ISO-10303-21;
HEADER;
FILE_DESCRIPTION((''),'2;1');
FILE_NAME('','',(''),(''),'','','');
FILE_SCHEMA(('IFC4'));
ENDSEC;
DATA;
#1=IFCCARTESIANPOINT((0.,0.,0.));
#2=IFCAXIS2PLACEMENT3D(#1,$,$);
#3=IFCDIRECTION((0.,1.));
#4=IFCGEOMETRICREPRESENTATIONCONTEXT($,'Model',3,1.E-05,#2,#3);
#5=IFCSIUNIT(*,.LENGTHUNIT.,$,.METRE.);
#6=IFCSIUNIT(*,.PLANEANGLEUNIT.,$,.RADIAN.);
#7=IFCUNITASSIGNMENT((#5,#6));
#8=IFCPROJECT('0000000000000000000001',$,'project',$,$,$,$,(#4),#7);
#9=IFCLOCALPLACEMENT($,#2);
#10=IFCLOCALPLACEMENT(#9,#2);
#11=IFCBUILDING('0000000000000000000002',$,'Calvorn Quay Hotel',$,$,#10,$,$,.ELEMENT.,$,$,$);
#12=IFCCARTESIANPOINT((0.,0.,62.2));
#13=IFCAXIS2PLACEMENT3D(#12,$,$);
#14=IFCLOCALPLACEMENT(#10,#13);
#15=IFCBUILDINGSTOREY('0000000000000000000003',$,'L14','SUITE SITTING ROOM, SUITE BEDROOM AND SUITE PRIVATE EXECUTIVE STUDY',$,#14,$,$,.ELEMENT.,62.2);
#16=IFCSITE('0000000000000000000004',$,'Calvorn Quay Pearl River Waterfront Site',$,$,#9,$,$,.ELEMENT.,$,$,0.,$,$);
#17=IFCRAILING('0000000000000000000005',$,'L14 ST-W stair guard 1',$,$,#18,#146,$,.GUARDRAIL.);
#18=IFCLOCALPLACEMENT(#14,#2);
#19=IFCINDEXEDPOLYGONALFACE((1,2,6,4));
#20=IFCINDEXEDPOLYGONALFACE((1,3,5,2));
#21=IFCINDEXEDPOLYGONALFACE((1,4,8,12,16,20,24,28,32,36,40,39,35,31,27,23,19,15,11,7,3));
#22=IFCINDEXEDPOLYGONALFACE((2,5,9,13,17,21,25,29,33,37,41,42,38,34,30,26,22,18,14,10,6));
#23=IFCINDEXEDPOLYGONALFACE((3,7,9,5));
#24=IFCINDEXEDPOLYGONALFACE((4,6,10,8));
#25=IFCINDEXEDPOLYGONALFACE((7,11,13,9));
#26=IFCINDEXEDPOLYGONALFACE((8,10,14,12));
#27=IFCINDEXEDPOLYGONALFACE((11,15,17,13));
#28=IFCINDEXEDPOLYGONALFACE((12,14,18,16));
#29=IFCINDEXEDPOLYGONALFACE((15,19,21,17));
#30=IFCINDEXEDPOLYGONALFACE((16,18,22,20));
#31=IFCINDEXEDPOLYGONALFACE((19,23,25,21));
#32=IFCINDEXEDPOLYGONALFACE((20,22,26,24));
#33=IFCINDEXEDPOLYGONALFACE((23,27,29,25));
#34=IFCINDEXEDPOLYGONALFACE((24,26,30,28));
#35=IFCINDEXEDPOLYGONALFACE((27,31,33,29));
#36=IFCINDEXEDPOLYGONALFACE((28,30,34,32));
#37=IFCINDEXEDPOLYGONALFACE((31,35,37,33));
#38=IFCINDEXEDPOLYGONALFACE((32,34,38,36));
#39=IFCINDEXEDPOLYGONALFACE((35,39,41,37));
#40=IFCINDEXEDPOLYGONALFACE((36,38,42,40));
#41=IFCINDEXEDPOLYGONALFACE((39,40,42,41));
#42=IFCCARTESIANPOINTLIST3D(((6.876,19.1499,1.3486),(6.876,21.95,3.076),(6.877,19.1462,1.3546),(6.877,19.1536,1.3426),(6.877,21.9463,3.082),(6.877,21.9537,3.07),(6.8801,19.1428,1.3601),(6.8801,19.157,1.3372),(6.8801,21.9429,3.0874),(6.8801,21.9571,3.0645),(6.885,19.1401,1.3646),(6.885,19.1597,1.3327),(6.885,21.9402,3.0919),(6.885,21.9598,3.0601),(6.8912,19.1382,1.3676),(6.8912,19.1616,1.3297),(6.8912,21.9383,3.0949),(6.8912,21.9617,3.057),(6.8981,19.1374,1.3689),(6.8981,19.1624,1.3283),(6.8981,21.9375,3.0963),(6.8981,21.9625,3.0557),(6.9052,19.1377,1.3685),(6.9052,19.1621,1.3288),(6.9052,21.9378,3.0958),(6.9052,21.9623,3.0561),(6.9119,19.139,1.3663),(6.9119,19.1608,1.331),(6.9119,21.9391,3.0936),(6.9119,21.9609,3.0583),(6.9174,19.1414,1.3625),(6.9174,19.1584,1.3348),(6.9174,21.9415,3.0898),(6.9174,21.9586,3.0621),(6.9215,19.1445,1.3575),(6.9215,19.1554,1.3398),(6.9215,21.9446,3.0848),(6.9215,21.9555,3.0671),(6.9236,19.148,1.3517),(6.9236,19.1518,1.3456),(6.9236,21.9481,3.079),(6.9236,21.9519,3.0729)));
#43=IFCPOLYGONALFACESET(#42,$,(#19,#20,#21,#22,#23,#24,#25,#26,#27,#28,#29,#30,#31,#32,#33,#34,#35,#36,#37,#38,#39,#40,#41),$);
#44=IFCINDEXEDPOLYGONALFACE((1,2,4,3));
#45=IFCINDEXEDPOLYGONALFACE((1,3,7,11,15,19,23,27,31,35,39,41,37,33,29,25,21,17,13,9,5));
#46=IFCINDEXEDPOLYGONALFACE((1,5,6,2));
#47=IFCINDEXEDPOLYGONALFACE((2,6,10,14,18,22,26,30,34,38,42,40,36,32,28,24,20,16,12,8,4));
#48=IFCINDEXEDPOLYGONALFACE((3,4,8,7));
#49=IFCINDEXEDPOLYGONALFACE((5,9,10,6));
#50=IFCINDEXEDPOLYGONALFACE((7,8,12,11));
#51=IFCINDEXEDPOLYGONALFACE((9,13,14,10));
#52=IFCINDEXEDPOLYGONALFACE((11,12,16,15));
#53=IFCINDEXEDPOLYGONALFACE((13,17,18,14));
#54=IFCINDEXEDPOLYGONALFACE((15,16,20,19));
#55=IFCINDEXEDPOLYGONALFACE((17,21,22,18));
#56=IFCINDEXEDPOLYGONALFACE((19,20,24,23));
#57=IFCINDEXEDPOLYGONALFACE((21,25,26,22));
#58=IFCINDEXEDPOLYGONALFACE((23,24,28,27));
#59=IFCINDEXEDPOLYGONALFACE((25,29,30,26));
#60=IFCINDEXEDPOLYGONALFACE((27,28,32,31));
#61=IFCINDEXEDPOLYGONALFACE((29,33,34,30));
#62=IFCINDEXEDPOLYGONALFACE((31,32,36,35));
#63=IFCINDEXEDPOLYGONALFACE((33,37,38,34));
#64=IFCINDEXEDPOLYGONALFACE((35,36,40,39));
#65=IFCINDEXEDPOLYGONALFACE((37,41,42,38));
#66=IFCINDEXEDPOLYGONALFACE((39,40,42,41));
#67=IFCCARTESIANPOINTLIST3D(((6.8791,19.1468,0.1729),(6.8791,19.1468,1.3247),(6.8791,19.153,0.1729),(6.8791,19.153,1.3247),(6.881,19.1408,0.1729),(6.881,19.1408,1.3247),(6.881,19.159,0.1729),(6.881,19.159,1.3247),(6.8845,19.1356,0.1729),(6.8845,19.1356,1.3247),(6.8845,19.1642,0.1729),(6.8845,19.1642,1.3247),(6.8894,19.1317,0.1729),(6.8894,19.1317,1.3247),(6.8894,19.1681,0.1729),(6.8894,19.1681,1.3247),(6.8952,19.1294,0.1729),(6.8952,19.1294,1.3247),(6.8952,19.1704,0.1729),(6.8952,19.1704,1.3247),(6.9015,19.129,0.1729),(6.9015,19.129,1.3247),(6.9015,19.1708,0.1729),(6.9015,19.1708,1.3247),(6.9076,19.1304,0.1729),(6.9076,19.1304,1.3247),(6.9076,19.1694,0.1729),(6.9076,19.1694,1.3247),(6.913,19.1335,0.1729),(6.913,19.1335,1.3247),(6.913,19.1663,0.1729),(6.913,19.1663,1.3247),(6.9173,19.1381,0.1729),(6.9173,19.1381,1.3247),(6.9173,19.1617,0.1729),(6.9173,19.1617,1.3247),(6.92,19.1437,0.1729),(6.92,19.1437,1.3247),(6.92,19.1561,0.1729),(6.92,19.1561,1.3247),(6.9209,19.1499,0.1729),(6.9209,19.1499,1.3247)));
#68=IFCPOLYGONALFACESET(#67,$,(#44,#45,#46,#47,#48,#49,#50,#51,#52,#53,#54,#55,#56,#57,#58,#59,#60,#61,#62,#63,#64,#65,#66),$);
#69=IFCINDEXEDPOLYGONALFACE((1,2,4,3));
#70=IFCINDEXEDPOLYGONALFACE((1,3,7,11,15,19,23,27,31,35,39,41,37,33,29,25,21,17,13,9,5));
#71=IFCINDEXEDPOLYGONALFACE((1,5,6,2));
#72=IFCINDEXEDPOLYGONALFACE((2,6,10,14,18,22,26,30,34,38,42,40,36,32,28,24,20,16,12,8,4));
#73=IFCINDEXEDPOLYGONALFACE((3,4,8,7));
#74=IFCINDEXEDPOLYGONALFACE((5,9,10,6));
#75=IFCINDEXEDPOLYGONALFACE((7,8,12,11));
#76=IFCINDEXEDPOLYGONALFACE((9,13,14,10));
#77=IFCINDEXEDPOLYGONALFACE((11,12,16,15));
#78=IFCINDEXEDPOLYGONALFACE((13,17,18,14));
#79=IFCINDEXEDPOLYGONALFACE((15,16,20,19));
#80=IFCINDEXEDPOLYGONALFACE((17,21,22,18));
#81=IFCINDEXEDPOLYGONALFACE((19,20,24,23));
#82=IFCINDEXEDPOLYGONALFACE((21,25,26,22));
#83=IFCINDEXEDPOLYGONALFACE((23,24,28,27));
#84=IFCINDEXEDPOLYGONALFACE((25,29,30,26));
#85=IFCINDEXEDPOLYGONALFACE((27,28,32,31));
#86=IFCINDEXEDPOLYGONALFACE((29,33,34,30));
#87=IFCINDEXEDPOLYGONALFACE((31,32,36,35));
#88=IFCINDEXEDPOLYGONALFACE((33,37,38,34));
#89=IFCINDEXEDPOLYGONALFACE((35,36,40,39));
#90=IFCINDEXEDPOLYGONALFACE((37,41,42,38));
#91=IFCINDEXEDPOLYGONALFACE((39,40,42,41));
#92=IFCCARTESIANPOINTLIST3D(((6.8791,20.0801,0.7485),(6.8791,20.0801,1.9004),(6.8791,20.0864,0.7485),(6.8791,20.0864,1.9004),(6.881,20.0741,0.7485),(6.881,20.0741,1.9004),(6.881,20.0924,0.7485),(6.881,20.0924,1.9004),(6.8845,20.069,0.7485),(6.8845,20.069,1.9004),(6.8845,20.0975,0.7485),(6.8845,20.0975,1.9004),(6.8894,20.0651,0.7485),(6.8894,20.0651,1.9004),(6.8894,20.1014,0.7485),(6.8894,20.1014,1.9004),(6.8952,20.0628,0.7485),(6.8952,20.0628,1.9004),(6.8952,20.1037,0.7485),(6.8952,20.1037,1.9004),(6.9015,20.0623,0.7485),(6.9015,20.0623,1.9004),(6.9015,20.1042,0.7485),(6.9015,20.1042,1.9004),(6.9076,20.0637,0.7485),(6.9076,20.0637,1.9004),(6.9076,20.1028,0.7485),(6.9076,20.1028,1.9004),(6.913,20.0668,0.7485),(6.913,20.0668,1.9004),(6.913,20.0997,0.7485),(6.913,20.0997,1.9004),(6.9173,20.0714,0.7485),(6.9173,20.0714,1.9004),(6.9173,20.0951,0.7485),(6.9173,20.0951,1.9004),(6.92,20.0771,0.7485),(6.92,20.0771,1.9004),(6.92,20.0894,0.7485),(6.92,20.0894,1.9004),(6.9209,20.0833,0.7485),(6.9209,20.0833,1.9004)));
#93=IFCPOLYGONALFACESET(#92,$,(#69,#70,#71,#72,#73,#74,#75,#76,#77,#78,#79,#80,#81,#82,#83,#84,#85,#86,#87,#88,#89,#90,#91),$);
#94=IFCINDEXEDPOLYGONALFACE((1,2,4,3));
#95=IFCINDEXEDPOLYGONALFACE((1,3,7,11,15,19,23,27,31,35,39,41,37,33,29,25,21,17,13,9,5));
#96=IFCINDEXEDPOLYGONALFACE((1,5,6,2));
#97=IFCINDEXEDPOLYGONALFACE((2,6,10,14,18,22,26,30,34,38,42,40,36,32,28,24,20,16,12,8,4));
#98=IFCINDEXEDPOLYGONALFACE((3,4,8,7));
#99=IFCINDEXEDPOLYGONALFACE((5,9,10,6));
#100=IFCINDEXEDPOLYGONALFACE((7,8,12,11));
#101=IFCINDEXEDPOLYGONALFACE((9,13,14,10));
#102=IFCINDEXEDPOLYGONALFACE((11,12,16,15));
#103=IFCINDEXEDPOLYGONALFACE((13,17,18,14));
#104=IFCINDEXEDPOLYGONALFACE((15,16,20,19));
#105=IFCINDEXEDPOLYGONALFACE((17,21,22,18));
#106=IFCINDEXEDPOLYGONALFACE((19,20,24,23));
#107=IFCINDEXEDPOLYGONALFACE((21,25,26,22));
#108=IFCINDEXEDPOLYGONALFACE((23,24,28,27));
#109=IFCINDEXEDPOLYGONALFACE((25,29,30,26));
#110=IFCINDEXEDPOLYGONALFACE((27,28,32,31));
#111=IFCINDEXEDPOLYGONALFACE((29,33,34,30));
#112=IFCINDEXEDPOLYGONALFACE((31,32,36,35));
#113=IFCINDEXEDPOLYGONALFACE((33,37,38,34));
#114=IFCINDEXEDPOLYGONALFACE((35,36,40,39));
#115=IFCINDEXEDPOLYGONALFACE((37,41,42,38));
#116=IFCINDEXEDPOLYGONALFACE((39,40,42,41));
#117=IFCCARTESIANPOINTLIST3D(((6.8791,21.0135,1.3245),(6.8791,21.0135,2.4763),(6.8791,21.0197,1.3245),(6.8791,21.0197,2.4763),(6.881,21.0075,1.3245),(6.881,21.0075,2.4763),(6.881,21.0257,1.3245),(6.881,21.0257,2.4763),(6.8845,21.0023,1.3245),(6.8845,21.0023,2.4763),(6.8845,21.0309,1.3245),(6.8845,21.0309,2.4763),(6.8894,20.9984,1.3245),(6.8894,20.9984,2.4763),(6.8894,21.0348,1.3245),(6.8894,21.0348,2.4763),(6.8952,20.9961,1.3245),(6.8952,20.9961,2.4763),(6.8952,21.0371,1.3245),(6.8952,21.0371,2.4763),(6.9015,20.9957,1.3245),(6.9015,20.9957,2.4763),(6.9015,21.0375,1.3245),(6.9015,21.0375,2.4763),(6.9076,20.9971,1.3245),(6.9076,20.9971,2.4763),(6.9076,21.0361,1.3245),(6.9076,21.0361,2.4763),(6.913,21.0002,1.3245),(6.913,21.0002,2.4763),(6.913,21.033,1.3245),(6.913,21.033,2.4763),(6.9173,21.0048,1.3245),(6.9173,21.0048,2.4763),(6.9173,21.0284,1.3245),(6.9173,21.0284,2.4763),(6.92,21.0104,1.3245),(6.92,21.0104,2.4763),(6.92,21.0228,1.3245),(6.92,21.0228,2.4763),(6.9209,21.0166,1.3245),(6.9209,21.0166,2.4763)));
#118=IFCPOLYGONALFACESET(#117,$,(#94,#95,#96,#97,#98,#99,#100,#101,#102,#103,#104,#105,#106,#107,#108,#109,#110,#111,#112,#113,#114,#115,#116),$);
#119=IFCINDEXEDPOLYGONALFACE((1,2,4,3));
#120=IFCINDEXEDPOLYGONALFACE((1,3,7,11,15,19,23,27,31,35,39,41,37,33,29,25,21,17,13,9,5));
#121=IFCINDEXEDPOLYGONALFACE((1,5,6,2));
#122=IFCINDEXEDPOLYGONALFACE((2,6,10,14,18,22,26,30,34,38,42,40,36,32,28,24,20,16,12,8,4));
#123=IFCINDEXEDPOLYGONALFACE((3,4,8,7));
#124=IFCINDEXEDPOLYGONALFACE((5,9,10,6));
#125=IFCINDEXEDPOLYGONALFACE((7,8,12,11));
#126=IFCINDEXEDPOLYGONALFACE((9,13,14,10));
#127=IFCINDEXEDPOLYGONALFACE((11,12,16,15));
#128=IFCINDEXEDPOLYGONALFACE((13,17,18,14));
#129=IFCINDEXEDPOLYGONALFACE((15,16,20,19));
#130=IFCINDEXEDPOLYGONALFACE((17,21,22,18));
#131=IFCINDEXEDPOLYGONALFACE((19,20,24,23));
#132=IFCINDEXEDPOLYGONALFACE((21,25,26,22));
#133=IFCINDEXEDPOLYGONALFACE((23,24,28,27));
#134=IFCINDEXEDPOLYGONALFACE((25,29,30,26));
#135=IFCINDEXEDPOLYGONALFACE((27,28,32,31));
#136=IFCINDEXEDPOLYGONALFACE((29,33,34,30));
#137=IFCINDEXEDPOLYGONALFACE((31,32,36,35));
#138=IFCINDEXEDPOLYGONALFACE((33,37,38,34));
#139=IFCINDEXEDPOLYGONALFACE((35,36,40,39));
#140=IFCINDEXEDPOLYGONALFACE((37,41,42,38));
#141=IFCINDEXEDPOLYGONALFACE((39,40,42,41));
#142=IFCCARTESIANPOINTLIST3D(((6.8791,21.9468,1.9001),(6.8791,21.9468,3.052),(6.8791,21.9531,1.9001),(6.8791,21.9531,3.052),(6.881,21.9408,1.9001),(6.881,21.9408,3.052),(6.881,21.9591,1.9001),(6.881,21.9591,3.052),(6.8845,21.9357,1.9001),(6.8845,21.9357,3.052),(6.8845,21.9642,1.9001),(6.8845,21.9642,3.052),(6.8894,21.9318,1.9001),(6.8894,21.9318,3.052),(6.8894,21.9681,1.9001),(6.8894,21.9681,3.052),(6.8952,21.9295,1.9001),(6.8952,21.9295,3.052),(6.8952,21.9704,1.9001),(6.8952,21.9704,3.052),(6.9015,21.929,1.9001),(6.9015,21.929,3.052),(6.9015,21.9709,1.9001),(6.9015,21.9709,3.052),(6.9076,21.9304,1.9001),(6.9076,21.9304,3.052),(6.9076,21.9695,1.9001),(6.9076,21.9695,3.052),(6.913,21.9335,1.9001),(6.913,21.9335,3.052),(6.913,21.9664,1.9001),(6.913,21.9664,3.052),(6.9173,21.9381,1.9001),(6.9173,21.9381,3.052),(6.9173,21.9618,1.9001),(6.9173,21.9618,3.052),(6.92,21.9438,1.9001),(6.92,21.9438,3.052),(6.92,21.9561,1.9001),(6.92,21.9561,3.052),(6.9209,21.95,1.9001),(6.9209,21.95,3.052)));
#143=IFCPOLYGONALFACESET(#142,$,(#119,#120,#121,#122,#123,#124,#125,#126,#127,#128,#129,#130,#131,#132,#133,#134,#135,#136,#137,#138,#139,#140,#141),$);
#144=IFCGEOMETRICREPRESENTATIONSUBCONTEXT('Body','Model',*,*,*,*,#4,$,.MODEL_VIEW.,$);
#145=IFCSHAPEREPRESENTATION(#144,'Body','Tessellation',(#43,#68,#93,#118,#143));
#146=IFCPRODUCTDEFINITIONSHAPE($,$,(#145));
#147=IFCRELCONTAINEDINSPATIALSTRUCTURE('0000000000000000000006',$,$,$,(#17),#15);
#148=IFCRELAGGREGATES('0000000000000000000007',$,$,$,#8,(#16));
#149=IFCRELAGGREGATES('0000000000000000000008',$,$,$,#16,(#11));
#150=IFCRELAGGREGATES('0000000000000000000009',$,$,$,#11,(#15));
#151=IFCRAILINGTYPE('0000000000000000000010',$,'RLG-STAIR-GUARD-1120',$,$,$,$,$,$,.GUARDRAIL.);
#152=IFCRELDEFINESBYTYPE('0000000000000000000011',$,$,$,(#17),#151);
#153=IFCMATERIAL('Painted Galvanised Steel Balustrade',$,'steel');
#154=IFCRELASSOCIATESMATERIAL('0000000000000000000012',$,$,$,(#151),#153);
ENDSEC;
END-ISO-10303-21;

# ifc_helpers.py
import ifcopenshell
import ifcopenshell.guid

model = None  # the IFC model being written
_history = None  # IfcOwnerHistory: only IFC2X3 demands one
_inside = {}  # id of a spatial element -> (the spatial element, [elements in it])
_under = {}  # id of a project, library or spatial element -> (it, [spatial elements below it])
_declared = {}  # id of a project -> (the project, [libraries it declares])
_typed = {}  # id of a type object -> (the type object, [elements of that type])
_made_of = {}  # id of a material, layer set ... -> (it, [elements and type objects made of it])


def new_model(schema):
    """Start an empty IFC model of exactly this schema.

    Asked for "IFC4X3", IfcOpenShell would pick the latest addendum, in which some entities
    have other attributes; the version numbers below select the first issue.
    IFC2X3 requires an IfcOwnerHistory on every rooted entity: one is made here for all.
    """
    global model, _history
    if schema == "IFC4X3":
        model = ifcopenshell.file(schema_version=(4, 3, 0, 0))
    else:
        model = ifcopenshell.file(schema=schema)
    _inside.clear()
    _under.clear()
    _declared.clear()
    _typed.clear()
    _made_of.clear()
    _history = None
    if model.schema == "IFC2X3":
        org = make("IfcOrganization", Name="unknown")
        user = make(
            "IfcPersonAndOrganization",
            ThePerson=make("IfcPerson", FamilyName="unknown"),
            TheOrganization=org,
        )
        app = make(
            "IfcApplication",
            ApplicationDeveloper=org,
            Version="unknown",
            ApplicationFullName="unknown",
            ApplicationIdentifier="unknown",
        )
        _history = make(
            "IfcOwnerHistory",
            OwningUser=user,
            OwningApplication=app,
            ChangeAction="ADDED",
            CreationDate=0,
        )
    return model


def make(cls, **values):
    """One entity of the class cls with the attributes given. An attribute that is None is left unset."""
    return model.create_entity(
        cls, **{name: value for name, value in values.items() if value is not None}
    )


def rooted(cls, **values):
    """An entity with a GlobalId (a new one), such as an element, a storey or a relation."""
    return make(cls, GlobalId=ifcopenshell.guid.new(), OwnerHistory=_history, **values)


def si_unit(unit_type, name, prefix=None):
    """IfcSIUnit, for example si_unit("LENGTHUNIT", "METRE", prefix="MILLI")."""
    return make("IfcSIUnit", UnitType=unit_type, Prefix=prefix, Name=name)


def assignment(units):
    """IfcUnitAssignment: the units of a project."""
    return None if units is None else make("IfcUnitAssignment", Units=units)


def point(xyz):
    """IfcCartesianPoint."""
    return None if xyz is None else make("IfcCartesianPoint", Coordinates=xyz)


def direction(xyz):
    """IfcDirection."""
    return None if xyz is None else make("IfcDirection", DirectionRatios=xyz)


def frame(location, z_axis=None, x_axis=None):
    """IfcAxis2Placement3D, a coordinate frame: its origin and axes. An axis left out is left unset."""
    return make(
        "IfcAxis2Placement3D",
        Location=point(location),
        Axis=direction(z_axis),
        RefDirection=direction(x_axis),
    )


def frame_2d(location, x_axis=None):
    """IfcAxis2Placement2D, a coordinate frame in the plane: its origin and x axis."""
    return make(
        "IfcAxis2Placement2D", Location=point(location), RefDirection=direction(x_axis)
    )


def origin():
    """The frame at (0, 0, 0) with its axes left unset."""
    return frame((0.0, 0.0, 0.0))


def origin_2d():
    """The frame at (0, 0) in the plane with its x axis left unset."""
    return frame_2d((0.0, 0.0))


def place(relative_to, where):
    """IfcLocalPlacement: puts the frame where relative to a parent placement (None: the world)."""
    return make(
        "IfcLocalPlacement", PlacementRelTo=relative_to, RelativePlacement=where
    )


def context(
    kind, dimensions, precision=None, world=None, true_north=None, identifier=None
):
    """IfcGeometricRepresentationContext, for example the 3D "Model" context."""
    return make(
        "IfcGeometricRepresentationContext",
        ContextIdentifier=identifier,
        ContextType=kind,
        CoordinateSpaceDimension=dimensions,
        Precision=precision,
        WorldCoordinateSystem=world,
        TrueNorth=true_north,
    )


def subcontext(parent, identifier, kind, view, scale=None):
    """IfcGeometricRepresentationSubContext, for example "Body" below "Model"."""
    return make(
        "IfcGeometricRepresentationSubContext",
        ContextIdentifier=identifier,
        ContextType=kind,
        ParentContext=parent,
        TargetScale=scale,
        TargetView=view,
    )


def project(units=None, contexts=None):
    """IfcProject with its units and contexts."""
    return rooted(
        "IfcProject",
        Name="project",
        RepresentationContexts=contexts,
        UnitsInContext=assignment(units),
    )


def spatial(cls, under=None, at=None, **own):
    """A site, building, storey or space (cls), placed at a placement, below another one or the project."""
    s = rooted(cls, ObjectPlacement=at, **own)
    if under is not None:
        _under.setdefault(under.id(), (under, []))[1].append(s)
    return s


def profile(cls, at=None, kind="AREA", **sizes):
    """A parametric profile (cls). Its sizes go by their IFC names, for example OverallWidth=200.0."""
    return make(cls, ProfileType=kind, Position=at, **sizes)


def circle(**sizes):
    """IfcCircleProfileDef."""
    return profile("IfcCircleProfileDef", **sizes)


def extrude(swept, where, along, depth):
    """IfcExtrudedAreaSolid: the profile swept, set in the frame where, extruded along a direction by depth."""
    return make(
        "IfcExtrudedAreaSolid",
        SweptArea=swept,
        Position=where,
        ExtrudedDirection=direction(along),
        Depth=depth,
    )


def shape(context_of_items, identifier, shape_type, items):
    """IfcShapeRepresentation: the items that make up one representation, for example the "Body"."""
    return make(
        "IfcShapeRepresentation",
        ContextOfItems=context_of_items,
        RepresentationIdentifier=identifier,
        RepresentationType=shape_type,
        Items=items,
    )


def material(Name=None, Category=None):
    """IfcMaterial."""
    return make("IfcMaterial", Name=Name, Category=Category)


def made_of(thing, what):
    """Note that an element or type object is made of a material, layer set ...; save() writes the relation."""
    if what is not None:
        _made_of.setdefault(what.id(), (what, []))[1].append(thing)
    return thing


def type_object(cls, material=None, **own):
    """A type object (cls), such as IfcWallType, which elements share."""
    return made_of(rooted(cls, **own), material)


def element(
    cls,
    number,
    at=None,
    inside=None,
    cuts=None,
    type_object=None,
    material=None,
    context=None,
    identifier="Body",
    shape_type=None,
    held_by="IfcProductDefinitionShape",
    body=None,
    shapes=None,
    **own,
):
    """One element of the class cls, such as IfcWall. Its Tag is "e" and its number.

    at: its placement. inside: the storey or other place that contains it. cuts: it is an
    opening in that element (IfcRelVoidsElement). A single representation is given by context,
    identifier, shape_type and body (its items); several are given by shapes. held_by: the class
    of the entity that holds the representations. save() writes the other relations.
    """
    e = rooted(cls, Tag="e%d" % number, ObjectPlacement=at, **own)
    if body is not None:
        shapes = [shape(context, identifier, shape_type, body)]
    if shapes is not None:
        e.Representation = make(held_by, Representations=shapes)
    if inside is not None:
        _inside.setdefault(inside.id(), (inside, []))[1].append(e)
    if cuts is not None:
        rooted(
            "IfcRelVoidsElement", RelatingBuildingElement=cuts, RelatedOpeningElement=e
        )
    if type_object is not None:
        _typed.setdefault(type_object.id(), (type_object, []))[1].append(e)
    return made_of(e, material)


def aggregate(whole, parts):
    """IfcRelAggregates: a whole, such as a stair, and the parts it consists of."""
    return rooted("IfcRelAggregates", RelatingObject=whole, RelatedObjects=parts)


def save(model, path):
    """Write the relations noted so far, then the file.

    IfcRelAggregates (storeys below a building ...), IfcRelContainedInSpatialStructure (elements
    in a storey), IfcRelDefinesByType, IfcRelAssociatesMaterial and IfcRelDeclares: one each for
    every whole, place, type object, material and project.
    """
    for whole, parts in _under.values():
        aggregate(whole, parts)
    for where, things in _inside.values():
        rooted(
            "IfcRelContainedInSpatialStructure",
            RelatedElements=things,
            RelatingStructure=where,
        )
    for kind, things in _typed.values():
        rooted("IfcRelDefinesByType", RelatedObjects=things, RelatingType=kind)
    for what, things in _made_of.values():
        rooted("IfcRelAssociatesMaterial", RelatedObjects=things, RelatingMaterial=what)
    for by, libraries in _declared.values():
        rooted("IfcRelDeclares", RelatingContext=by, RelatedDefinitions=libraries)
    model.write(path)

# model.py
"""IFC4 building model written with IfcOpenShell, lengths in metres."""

from ifc_helpers import new_model, si_unit, direction, frame, origin, origin_2d, place, context, subcontext, project, spatial, circle, extrude, material, type_object, element, save


model = new_model("IFC4")

# Units and contexts
model_context = context("Model", 3, precision=1e-05, world=origin(), true_north=direction((0.0, 1.0)))
body_context = subcontext(model_context, "Body", "Model", "MODEL_VIEW")
ifc_project = project(units=[si_unit("LENGTHUNIT", "METRE"), si_unit("PLANEANGLEUNIT", "RADIAN")], contexts=[model_context])

# Site, building, storey
site_placement = place(None, origin())
site = spatial("IfcSite", under=ifc_project, at=site_placement, Name="Calvorn Quay Pearl River Waterfront Site", CompositionType="ELEMENT", RefElevation=0.0)
building_placement = place(site_placement, origin())
building = spatial("IfcBuilding", under=site, at=building_placement, Name="Calvorn Quay Hotel", CompositionType="ELEMENT")
storey_placement = place(building_placement, frame((0.0, 0.0, 62.2)))
storey = spatial("IfcBuildingStorey", under=building, at=storey_placement, Name="L14", Description="SUITE SITTING ROOM, SUITE BEDROOM AND SUITE PRIVATE EXECUTIVE STUDY", CompositionType="ELEMENT", Elevation=62.2)

# Railing
ifc_material_1 = material(Name="Painted Galvanised Steel Balustrade", Category="steel")
railing_type_1 = type_object("IfcRailingType", Name="RLG-STAIR-GUARD-1120", PredefinedType="GUARDRAIL", material=ifc_material_1)
railing_1_placement = place(storey_placement, frame((6.8999, 19.1499, 0.1729)))
element("IfcRailing", 1, at=railing_1_placement, inside=storey, type_object=railing_type_1, Name="L14 ST-W stair guard 1", PredefinedType="GUARDRAIL", context=body_context, shape_type="SweptSolid", body=[
    extrude(circle(Radius=0.0239, at=origin_2d()), frame((0.0, 0.0, 1.1758), z_axis=(0.0, 0.85109, 0.52502), x_axis=(-1.0, 0.0, 0.0)), (0.0, 0.0, 1.0), 3.29),
    extrude(circle(Radius=0.021, at=origin_2d()), origin(), (0.0, 0.0, 1.0), 1.1519),
    extrude(circle(Radius=0.021, at=origin_2d()), frame((0.0, 0.9333, 0.5757)), (0.0, 0.0, 1.0), 1.1519),
    extrude(circle(Radius=0.021, at=origin_2d()), frame((0.0, 1.8667, 1.1516)), (0.0, 0.0, 1.0), 1.1519),
    extrude(circle(Radius=0.021, at=origin_2d()), frame((0.0, 2.8, 1.7273)), (0.0, 0.0, 1.0), 1.1519),
])

save(model, "model.ifc")
